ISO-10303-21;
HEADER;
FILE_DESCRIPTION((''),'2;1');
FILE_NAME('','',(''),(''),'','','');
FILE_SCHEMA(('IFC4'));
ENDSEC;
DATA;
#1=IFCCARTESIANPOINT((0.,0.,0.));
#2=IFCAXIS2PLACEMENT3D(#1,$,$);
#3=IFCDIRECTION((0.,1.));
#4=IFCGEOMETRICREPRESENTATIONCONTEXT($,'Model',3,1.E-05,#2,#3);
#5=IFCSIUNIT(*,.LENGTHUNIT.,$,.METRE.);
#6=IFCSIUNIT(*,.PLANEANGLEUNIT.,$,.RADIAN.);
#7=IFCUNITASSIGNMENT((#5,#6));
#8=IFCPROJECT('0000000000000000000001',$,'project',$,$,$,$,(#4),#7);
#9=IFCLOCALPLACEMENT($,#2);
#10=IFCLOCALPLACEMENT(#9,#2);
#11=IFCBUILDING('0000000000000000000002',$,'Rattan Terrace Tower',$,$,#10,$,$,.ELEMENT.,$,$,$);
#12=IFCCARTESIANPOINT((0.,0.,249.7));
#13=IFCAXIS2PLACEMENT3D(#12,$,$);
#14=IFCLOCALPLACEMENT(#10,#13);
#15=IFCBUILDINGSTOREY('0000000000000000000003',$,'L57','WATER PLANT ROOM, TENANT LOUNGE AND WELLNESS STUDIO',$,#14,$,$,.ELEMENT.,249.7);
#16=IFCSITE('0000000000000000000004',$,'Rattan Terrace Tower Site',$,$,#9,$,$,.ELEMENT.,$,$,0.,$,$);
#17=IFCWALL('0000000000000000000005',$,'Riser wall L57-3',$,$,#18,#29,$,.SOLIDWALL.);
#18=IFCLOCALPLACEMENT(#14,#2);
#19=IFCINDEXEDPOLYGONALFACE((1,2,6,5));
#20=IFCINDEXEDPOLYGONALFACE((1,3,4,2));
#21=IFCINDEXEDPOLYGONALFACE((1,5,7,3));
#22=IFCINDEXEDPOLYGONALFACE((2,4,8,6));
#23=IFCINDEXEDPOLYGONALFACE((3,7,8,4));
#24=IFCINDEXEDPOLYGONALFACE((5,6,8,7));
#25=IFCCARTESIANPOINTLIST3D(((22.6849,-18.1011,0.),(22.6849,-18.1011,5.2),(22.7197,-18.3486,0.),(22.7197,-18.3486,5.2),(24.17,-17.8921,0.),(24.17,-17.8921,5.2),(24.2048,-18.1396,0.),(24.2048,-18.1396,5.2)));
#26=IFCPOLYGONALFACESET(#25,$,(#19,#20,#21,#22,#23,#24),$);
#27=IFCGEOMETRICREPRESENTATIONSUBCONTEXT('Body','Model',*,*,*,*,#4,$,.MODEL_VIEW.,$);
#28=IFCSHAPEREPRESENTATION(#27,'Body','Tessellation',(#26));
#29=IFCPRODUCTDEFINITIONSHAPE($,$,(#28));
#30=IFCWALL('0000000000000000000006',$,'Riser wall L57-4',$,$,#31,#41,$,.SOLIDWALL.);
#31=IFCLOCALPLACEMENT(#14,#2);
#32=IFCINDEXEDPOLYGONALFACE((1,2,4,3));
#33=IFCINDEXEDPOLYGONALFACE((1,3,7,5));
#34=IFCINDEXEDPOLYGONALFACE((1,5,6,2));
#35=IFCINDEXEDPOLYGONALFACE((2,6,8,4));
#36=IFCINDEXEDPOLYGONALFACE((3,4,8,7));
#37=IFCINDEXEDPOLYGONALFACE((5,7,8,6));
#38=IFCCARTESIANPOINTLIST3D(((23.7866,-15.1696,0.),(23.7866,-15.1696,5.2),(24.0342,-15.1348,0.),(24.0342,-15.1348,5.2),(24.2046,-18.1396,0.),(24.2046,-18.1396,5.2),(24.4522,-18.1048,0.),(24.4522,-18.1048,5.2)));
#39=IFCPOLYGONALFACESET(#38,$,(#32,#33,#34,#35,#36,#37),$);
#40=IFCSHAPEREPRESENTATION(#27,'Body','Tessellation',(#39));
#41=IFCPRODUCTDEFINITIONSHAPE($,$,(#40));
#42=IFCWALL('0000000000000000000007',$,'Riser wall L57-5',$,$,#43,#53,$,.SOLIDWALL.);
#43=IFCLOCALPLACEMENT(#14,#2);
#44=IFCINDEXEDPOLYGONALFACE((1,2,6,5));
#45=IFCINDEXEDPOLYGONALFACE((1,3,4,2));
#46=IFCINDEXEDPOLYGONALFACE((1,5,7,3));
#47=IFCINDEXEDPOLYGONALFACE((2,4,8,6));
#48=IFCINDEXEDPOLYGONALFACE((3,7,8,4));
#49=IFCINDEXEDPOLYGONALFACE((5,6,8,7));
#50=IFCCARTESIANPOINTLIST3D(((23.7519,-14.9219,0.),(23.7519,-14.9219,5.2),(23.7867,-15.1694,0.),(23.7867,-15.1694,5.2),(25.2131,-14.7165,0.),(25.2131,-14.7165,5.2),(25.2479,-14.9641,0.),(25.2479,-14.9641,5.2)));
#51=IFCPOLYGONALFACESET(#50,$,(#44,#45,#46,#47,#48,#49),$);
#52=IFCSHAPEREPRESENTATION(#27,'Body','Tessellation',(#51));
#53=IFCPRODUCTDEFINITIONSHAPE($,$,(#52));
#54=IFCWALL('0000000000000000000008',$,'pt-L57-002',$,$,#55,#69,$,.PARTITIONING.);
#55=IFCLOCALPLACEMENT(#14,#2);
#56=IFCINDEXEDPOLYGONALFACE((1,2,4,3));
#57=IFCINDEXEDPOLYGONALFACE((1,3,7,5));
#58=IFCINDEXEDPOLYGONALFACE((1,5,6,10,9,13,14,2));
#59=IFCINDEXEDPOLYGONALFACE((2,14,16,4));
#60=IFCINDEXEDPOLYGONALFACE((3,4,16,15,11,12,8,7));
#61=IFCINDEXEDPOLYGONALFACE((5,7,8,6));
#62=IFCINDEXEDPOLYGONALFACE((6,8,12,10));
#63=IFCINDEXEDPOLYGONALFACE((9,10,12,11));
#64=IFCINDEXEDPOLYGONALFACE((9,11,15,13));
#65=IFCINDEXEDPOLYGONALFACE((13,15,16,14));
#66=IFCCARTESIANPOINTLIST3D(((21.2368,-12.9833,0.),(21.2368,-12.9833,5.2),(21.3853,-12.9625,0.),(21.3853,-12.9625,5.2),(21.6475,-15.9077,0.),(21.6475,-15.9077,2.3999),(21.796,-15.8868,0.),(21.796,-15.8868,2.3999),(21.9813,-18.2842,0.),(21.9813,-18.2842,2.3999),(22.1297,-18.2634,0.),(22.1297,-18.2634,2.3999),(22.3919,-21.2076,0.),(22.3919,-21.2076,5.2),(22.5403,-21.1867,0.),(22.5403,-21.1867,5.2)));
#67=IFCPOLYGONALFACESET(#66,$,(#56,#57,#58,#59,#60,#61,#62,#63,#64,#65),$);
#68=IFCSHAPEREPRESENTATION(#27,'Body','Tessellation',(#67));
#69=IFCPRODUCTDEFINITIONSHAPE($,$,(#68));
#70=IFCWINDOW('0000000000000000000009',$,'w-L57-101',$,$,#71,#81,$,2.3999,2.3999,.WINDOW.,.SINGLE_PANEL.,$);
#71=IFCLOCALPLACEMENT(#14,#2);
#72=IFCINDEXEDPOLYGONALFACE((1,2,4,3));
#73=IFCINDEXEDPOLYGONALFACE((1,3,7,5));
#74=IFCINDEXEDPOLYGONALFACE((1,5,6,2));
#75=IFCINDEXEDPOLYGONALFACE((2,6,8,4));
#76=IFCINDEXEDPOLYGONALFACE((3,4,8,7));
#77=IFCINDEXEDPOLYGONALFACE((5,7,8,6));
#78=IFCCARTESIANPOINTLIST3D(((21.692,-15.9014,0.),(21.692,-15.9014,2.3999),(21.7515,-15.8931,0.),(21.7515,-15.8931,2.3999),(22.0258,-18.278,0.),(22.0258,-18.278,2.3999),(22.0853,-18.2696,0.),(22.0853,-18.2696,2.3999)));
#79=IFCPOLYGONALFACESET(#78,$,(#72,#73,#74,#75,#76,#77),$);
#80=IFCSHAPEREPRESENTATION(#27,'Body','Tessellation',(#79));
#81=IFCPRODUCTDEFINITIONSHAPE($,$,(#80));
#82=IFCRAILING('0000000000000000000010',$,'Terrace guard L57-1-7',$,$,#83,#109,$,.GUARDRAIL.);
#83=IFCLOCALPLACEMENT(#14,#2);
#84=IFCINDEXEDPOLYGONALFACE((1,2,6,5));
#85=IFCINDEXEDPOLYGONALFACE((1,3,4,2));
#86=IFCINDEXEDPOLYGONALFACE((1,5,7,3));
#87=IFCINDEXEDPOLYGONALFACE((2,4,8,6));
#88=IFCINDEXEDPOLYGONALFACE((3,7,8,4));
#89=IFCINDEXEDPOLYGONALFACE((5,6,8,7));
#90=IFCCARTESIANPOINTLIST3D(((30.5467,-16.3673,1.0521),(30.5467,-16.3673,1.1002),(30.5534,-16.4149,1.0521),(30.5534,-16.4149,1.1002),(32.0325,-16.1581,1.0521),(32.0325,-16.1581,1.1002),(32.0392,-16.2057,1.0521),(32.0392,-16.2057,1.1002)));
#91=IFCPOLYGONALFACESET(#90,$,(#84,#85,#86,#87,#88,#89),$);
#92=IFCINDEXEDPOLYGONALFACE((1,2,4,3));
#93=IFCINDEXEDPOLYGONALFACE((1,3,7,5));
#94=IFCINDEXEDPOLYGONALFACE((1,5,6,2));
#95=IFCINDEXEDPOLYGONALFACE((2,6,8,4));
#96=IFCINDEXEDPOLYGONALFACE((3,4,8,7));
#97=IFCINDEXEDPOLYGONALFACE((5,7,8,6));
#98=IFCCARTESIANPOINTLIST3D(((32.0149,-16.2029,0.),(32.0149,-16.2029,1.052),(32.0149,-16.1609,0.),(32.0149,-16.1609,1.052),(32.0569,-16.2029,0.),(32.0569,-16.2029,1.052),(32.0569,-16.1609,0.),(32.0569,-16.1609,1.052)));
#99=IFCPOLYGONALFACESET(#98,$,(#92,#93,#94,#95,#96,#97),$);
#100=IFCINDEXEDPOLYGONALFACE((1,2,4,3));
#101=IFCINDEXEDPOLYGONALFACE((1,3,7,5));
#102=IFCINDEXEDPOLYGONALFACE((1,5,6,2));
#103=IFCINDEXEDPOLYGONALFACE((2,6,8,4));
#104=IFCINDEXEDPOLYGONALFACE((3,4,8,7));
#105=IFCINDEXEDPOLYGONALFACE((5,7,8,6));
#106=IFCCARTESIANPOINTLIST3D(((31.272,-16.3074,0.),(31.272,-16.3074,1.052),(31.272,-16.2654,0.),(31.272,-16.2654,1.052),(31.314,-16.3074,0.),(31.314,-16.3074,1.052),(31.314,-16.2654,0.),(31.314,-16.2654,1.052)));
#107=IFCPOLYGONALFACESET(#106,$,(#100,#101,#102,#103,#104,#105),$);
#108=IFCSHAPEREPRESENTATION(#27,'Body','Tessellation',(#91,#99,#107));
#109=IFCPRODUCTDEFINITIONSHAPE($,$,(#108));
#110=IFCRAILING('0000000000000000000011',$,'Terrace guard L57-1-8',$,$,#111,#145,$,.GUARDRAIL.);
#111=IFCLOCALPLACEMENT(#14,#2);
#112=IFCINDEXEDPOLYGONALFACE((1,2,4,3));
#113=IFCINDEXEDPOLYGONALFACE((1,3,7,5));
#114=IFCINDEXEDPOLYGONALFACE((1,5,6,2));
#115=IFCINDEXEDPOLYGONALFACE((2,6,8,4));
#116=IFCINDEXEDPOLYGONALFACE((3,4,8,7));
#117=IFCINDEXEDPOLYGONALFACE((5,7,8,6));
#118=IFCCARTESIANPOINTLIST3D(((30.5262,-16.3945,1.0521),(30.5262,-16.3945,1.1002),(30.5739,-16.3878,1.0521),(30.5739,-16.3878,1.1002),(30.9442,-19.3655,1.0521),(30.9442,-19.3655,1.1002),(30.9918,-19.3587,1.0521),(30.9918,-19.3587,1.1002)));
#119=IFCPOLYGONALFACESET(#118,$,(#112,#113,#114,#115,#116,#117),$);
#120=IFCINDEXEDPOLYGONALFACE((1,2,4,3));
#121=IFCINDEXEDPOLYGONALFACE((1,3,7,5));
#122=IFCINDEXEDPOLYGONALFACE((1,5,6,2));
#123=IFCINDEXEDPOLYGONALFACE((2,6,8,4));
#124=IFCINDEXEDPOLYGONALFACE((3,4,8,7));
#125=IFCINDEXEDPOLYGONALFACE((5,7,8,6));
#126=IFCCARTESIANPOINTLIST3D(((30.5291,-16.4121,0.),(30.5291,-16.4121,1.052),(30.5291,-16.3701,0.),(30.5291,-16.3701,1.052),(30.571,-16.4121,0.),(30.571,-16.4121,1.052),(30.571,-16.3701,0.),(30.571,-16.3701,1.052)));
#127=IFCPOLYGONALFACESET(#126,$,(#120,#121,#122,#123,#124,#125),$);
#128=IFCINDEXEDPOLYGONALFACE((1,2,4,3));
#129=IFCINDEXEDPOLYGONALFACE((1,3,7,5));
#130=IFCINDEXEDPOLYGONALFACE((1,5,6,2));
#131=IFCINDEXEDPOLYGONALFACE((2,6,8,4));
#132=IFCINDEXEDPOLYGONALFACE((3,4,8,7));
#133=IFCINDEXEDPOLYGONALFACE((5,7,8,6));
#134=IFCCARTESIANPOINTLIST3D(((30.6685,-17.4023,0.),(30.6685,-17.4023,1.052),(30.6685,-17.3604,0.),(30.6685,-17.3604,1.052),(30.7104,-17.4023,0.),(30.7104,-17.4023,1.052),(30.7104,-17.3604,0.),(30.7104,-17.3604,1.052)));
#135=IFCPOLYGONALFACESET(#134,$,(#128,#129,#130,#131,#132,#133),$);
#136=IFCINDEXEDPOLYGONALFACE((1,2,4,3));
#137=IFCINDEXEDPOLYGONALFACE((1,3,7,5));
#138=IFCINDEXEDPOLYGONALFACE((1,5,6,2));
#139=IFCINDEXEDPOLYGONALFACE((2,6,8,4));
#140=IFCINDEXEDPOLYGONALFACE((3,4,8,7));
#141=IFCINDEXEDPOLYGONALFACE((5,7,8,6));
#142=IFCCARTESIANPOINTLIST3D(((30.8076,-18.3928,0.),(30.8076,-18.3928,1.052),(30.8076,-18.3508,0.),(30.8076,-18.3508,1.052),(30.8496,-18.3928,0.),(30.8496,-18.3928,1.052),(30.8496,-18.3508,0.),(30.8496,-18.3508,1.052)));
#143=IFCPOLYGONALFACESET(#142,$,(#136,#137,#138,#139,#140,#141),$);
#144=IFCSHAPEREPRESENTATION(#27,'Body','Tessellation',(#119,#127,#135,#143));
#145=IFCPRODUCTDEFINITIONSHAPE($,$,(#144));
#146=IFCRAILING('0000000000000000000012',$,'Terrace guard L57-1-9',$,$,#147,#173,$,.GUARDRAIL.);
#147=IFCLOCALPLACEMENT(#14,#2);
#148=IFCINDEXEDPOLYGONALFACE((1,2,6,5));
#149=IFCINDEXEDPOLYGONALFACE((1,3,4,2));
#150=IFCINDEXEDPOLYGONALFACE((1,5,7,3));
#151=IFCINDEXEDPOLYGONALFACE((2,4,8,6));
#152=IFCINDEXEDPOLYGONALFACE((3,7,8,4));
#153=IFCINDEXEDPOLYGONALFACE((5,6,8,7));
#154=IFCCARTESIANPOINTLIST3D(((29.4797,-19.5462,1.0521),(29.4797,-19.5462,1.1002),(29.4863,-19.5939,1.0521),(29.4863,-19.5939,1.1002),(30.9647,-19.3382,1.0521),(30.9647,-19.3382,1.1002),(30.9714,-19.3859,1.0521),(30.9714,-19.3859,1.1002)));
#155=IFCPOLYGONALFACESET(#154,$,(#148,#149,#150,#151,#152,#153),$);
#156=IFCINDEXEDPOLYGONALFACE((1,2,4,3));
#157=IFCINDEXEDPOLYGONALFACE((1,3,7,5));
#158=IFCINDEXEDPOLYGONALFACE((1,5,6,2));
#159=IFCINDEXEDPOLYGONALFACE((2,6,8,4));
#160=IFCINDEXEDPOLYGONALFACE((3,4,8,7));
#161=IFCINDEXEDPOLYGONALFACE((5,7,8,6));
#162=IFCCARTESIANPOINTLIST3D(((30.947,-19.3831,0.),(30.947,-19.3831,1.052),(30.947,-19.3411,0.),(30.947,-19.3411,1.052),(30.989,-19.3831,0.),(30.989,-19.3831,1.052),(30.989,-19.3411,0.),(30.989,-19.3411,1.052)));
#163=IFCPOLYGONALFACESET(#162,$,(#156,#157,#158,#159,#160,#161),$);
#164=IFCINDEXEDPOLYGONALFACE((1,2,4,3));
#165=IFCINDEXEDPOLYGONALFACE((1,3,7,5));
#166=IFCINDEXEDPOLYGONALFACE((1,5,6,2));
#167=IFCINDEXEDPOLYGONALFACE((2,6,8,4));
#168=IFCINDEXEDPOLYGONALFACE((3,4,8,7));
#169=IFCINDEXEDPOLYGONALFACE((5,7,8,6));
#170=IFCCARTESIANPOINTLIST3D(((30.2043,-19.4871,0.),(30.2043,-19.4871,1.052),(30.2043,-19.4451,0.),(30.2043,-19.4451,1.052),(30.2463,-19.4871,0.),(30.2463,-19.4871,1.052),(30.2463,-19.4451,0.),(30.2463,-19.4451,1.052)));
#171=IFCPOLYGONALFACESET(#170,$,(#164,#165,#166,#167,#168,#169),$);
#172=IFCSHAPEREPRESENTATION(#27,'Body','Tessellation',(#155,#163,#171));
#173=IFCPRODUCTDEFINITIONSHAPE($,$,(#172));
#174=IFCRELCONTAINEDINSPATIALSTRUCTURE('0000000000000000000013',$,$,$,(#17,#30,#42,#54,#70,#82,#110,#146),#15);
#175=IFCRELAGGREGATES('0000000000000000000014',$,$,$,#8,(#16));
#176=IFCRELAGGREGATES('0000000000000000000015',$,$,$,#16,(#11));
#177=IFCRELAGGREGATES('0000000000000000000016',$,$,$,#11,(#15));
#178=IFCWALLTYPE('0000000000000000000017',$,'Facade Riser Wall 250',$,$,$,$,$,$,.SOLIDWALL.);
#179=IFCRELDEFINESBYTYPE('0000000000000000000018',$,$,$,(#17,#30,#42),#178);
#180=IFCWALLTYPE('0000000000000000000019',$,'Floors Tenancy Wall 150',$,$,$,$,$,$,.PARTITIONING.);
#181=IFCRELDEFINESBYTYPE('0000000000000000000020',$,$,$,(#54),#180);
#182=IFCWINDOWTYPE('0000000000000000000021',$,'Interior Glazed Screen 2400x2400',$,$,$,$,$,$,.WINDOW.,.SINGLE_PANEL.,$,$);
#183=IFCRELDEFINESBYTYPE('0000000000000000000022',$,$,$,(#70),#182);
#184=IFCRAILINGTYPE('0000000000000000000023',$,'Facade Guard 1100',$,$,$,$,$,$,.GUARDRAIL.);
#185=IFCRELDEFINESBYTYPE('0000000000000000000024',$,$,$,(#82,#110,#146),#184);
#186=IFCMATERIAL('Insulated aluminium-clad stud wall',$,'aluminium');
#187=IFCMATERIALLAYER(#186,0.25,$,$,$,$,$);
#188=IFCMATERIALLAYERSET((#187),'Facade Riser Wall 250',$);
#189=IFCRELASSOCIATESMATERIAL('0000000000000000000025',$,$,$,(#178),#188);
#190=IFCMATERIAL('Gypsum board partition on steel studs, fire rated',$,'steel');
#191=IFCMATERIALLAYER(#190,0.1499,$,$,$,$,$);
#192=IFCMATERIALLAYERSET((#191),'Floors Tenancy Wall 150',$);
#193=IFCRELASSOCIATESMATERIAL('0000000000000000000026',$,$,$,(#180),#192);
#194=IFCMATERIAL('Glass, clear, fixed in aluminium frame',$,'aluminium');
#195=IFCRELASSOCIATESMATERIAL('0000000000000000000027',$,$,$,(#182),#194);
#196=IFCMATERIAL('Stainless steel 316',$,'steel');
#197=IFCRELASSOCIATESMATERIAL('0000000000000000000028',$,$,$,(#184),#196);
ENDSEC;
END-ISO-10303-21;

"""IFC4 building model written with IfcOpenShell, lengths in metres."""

from ifc_helpers import new_model, si_unit, direction, frame, frame_2d, origin, origin_2d, place, context, subcontext, project, spatial, rectangle, extrude, material, layer, layer_set, type_object, element, fill, save


model = new_model("IFC4")

# Units and contexts
model_context = context("Model", 3, precision=1e-05, world=origin(), true_north=direction((0.0, 1.0)))
body_context = subcontext(model_context, "Body", "Model", "MODEL_VIEW")
ifc_project = project(units=[si_unit("LENGTHUNIT", "METRE"), si_unit("PLANEANGLEUNIT", "RADIAN")], contexts=[model_context])

# Site, building, storey
site_placement = place(None, origin())
site = spatial("IfcSite", under=ifc_project, at=site_placement, Name="Rattan Terrace Tower Site", CompositionType="ELEMENT", RefElevation=0.0)
building_placement = place(site_placement, origin())
building = spatial("IfcBuilding", under=site, at=building_placement, Name="Rattan Terrace Tower", CompositionType="ELEMENT")
storey_placement = place(building_placement, frame((0.0, 0.0, 249.7)))
storey = spatial("IfcBuildingStorey", under=building, at=storey_placement, Name="L57", Description="WATER PLANT ROOM, TENANT LOUNGE AND WELLNESS STUDIO", CompositionType="ELEMENT", Elevation=249.7)

# Walls
ifc_material_1 = material(Name="Insulated aluminium-clad stud wall", Category="aluminium")
ifc_layer_1 = layer(ifc_material_1, 0.25)
ifc_layer_set_1 = layer_set([ifc_layer_1], Name="Facade Riser Wall 250")
wall_type_1 = type_object("IfcWallType", Name="Facade Riser Wall 250", PredefinedType="SOLIDWALL", material=ifc_layer_set_1)
wall_1_placement = place(storey_placement, frame((22.7021, -18.2249, 0.0), z_axis=(0.0, 0.0, 1.0), x_axis=(0.990244, 0.139347, 0.0)))
element("IfcWall", 1, at=wall_1_placement, inside=storey, type_object=wall_type_1, Name="Riser wall L57-3", PredefinedType="SOLIDWALL", context=body_context, shape_type="SweptSolid", body=[
    extrude(rectangle(XDim=1.4998, YDim=0.25, at=frame_2d((0.75, 0.0))), origin(), (0.0, 0.0, 1.0), 5.2),
])
wall_2_placement = place(storey_placement, frame((24.3284, -18.1221, 0.0), z_axis=(0.0, 0.0, 1.0), x_axis=(-0.139358, 0.990242, 0.0)))
element("IfcWall", 2, at=wall_2_placement, inside=storey, type_object=wall_type_1, Name="Riser wall L57-4", PredefinedType="SOLIDWALL", context=body_context, shape_type="SweptSolid", body=[
    extrude(rectangle(XDim=2.9993, YDim=0.25, at=frame_2d((1.4995, 0.0))), origin(), (0.0, 0.0, 1.0), 5.2),
])
wall_3_placement = place(storey_placement, frame((23.7693, -15.0457, 0.0), z_axis=(0.0, 0.0, 1.0), x_axis=(0.990271, 0.139151, 0.0)))
element("IfcWall", 3, at=wall_3_placement, inside=storey, type_object=wall_type_1, Name="Riser wall L57-5", PredefinedType="SOLIDWALL", context=body_context, shape_type="SweptSolid", body=[
    extrude(rectangle(XDim=1.4756, YDim=0.25, at=frame_2d((0.7378, 0.0))), origin(), (0.0, 0.0, 1.0), 5.2),
])

# Wall, opening, window
ifc_material_2 = material(Name="Gypsum board partition on steel studs, fire rated", Category="steel")
ifc_layer_2 = layer(ifc_material_2, 0.1499)
ifc_layer_set_2 = layer_set([ifc_layer_2], Name="Floors Tenancy Wall 150")
wall_type_2 = type_object("IfcWallType", Name="Floors Tenancy Wall 150", PredefinedType="PARTITIONING", material=ifc_layer_set_2)
wall_4_placement = place(storey_placement, frame((22.4661, -21.197, 0.0), z_axis=(0.0, 0.0, 1.0), x_axis=(-0.139079, 0.990281, 0.0)))
wall_4 = element("IfcWall", 4, at=wall_4_placement, inside=storey, type_object=wall_type_2, Name="pt-L57-002", PredefinedType="PARTITIONING", context=body_context, shape_type="SweptSolid", body=[
    extrude(rectangle(XDim=8.3049, YDim=0.1499, at=frame_2d((4.1523, 0.0))), origin(), (0.0, 0.0, 1.0), 5.2),
])
opening_1_placement = place(wall_4_placement, frame((2.9519, 0.0, 0.0)))
opening_1 = element("IfcOpeningElement", 5, at=opening_1_placement, cuts=wall_4, PredefinedType="OPENING", context=body_context, shape_type="SweptSolid", body=[
    extrude(rectangle(XDim=2.3999, YDim=2.3999, at=frame_2d((1.2, 1.2))), frame((0.0, 0.0854, 0.0), z_axis=(0.0, -1.0, 0.0), x_axis=(1.0, 0.0, 0.0)), (0.0, 0.0, 1.0), 0.1709),
])
ifc_material_3 = material(Name="Glass, clear, fixed in aluminium frame", Category="aluminium")
window_type = type_object("IfcWindowType", Name="Interior Glazed Screen 2400x2400", PartitioningType="SINGLE_PANEL", PredefinedType="WINDOW", material=ifc_material_3)
window_placement = place(opening_1_placement, origin())
window = element("IfcWindow", 6, at=window_placement, inside=storey, type_object=window_type, Name="w-L57-101", OverallHeight=2.3999, OverallWidth=2.3999, PartitioningType="SINGLE_PANEL", PredefinedType="WINDOW", context=body_context, shape_type="SweptSolid", body=[
    extrude(rectangle(XDim=2.3999, YDim=2.3999, at=frame_2d((1.2, 1.2))), frame((0.0, 0.03, 0.0), z_axis=(0.0, -1.0, 0.0), x_axis=(1.0, 0.0, 0.0)), (0.0, 0.0, 1.0), 0.0601),
])
fill(opening_1, window)

# Railings
ifc_material_4 = material(Name="Stainless steel 316", Category="steel")
railing_type = type_object("IfcRailingType", Name="Facade Guard 1100", PredefinedType="GUARDRAIL", material=ifc_material_4)
railing_1_placement = place(storey_placement, frame((32.0359, -16.1819, 0.0)))
element("IfcRailing", 7, at=railing_1_placement, inside=storey, type_object=railing_type, Name="Terrace guard L57-1-7", PredefinedType="GUARDRAIL", context=body_context, shape_type="SweptSolid", body=[
    extrude(rectangle(XDim=0.0481, YDim=0.0481, at=origin_2d()), frame((0.0, 0.0, 1.0762), z_axis=(-0.990231, -0.139439, 0.0), x_axis=(0.139439, -0.990231, 0.0)), (0.0, 0.0, 1.0), 1.5005),
    extrude(rectangle(XDim=0.042, YDim=0.042, at=origin_2d()), origin(), (0.0, 0.0, 1.0), 1.052),
    extrude(rectangle(XDim=0.042, YDim=0.042, at=origin_2d()), frame((-0.7429, -0.1045, 0.0)), (0.0, 0.0, 1.0), 1.052),
])
railing_2_placement = place(storey_placement, frame((30.55, -16.3911, 0.0)))
element("IfcRailing", 8, at=railing_2_placement, inside=storey, type_object=railing_type, Name="Terrace guard L57-1-8", PredefinedType="GUARDRAIL", context=body_context, shape_type="SweptSolid", body=[
    extrude(rectangle(XDim=0.0481, YDim=0.0481, at=origin_2d()), frame((0.0, 0.0, 1.0762), z_axis=(0.139313, -0.990248, 0.0), x_axis=(0.990248, 0.139313, 0.0)), (0.0, 0.0, 1.0), 3.0002),
    extrude(rectangle(XDim=0.042, YDim=0.042, at=origin_2d()), origin(), (0.0, 0.0, 1.0), 1.052),
    extrude(rectangle(XDim=0.042, YDim=0.042, at=origin_2d()), frame((0.1394, -0.9902, 0.0)), (0.0, 0.0, 1.0), 1.052),
    extrude(rectangle(XDim=0.042, YDim=0.042, at=origin_2d()), frame((0.2786, -1.9807, 0.0)), (0.0, 0.0, 1.0), 1.052),
])
railing_3_placement = place(storey_placement, frame((30.968, -19.3621, 0.0)))
element("IfcRailing", 9, at=railing_3_placement, inside=storey, type_object=railing_type, Name="Terrace guard L57-1-9", PredefinedType="GUARDRAIL", context=body_context, shape_type="SweptSolid", body=[
    extrude(rectangle(XDim=0.0481, YDim=0.0481, at=origin_2d()), frame((0.0, 0.0, 1.0762), z_axis=(-0.990333, -0.138709, 0.0), x_axis=(0.138709, -0.990333, 0.0)), (0.0, 0.0, 1.0), 1.4995),
    extrude(rectangle(XDim=0.042, YDim=0.042, at=origin_2d()), origin(), (0.0, 0.0, 1.0), 1.052),
    extrude(rectangle(XDim=0.042, YDim=0.042, at=origin_2d()), frame((-0.7427, -0.104, 0.0)), (0.0, 0.0, 1.0), 1.052),
])

save(model, "model.ifc")
